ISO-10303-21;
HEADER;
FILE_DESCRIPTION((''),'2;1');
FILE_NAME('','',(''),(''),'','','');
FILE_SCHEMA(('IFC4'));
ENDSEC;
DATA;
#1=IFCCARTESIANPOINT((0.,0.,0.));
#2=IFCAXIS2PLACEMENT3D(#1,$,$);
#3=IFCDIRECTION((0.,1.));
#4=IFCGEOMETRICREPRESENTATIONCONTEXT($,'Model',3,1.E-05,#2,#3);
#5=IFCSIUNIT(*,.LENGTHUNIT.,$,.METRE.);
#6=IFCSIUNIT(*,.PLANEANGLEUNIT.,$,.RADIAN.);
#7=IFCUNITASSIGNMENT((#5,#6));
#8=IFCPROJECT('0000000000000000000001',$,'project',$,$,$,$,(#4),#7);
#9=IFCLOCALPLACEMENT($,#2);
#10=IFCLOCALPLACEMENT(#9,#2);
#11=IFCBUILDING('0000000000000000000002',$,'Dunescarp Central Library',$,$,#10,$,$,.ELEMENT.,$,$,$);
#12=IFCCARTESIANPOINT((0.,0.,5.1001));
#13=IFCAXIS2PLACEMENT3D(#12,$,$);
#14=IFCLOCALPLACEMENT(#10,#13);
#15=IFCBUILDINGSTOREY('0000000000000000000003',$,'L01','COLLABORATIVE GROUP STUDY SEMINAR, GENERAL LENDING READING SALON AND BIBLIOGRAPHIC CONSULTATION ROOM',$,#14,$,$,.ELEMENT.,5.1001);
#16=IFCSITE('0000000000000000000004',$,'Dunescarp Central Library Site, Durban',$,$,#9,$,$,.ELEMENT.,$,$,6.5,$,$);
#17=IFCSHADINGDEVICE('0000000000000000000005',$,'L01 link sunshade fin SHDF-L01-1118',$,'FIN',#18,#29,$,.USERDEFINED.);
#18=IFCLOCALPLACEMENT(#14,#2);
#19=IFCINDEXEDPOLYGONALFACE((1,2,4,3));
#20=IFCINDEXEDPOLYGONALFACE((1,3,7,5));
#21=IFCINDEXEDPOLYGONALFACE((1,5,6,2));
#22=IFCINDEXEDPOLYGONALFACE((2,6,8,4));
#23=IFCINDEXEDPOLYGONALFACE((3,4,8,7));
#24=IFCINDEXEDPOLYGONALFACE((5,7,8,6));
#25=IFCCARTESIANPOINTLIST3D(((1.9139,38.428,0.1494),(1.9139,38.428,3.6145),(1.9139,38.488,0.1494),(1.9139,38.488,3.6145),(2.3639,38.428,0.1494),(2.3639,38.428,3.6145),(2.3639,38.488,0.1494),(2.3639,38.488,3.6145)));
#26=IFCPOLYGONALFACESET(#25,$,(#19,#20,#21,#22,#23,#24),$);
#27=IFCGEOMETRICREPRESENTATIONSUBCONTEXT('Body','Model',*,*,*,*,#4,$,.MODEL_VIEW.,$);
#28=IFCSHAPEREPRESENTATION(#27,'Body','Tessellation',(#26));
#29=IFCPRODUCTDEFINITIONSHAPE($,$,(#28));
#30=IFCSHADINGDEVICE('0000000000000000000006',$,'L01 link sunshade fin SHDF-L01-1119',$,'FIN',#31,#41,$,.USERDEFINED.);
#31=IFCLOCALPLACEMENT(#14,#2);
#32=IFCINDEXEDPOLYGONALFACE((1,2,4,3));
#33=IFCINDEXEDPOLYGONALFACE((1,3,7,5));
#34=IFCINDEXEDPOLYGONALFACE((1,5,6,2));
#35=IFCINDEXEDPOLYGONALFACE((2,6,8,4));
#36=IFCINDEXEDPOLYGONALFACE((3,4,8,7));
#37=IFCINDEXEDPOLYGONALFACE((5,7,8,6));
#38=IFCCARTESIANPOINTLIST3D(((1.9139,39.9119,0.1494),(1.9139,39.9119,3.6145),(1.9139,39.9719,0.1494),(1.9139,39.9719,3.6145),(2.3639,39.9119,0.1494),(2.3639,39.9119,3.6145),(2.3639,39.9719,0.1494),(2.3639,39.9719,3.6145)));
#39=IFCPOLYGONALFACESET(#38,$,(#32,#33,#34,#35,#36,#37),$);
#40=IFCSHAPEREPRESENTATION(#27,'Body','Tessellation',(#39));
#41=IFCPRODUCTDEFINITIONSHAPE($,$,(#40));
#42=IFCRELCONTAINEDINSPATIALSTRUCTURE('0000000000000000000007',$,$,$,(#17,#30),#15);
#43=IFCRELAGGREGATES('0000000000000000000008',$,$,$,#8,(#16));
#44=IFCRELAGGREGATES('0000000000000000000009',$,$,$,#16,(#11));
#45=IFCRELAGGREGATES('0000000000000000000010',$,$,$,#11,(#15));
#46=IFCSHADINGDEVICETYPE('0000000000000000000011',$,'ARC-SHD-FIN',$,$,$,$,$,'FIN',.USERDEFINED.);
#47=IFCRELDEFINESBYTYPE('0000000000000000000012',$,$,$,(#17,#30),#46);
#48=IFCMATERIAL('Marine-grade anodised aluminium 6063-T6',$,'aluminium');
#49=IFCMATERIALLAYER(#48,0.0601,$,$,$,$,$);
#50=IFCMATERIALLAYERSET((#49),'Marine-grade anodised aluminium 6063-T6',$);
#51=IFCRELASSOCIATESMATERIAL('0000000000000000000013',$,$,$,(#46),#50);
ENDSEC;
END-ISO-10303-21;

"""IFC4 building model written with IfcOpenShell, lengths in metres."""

from ifc_helpers import new_model, si_unit, direction, frame, origin, origin_2d, place, context, subcontext, project, spatial, rectangle, extrude, material, layer, layer_set, type_object, element, save


model = new_model("IFC4")

# Units and contexts
model_context = context("Model", 3, precision=1e-05, world=origin(), true_north=direction((0.0, 1.0)))
body_context = subcontext(model_context, "Body", "Model", "MODEL_VIEW")
ifc_project = project(units=[si_unit("LENGTHUNIT", "METRE"), si_unit("PLANEANGLEUNIT", "RADIAN")], contexts=[model_context])

# Site, building, storey
site_placement = place(None, origin())
site = spatial("IfcSite", under=ifc_project, at=site_placement, Name="Dunescarp Central Library Site, Durban", CompositionType="ELEMENT", RefElevation=6.5)
building_placement = place(site_placement, origin())
building = spatial("IfcBuilding", under=site, at=building_placement, Name="Dunescarp Central Library", CompositionType="ELEMENT")
storey_placement = place(building_placement, frame((0.0, 0.0, 5.1001)))
storey = spatial("IfcBuildingStorey", under=building, at=storey_placement, Name="L01", Description="COLLABORATIVE GROUP STUDY SEMINAR, GENERAL LENDING READING SALON AND BIBLIOGRAPHIC CONSULTATION ROOM", CompositionType="ELEMENT", Elevation=5.1001)

# Shared definitions
ifc_material_1 = material(Name="Marine-grade anodised aluminium 6063-T6", Category="aluminium")

# Shading devices
ifc_layer_1 = layer(ifc_material_1, 0.0601)
ifc_layer_set_1 = layer_set([ifc_layer_1], Name="Marine-grade anodised aluminium 6063-T6")
shading_device_type = type_object("IfcShadingDeviceType", Name="ARC-SHD-FIN", ElementType="FIN", PredefinedType="USERDEFINED", material=ifc_layer_set_1)
for number, where, z_axis, x_axis, name in (
    (1, (2.1389, 38.458, 0.1494), (0.0, 0.0, 1.0), (-1.0, 0.0, 0.0), "L01 link sunshade fin SHDF-L01-1118"),
    (2, (2.1389, 39.9419, 0.1494), (0.0, 0.0, 1.0), (-1.0, 0.0, 0.0), "L01 link sunshade fin SHDF-L01-1119"),
):
    element("IfcShadingDevice", number, at=place(storey_placement, frame(where, z_axis=z_axis, x_axis=x_axis)), inside=storey, type_object=shading_device_type, Name=name, ObjectType="FIN", PredefinedType="USERDEFINED", context=body_context, shape_type="SweptSolid", body=[
        extrude(rectangle(XDim=0.45, YDim=0.0601, at=origin_2d()), origin(), (0.0, 0.0, 1.0), 3.4651),
    ])

save(model, "model.ifc")
